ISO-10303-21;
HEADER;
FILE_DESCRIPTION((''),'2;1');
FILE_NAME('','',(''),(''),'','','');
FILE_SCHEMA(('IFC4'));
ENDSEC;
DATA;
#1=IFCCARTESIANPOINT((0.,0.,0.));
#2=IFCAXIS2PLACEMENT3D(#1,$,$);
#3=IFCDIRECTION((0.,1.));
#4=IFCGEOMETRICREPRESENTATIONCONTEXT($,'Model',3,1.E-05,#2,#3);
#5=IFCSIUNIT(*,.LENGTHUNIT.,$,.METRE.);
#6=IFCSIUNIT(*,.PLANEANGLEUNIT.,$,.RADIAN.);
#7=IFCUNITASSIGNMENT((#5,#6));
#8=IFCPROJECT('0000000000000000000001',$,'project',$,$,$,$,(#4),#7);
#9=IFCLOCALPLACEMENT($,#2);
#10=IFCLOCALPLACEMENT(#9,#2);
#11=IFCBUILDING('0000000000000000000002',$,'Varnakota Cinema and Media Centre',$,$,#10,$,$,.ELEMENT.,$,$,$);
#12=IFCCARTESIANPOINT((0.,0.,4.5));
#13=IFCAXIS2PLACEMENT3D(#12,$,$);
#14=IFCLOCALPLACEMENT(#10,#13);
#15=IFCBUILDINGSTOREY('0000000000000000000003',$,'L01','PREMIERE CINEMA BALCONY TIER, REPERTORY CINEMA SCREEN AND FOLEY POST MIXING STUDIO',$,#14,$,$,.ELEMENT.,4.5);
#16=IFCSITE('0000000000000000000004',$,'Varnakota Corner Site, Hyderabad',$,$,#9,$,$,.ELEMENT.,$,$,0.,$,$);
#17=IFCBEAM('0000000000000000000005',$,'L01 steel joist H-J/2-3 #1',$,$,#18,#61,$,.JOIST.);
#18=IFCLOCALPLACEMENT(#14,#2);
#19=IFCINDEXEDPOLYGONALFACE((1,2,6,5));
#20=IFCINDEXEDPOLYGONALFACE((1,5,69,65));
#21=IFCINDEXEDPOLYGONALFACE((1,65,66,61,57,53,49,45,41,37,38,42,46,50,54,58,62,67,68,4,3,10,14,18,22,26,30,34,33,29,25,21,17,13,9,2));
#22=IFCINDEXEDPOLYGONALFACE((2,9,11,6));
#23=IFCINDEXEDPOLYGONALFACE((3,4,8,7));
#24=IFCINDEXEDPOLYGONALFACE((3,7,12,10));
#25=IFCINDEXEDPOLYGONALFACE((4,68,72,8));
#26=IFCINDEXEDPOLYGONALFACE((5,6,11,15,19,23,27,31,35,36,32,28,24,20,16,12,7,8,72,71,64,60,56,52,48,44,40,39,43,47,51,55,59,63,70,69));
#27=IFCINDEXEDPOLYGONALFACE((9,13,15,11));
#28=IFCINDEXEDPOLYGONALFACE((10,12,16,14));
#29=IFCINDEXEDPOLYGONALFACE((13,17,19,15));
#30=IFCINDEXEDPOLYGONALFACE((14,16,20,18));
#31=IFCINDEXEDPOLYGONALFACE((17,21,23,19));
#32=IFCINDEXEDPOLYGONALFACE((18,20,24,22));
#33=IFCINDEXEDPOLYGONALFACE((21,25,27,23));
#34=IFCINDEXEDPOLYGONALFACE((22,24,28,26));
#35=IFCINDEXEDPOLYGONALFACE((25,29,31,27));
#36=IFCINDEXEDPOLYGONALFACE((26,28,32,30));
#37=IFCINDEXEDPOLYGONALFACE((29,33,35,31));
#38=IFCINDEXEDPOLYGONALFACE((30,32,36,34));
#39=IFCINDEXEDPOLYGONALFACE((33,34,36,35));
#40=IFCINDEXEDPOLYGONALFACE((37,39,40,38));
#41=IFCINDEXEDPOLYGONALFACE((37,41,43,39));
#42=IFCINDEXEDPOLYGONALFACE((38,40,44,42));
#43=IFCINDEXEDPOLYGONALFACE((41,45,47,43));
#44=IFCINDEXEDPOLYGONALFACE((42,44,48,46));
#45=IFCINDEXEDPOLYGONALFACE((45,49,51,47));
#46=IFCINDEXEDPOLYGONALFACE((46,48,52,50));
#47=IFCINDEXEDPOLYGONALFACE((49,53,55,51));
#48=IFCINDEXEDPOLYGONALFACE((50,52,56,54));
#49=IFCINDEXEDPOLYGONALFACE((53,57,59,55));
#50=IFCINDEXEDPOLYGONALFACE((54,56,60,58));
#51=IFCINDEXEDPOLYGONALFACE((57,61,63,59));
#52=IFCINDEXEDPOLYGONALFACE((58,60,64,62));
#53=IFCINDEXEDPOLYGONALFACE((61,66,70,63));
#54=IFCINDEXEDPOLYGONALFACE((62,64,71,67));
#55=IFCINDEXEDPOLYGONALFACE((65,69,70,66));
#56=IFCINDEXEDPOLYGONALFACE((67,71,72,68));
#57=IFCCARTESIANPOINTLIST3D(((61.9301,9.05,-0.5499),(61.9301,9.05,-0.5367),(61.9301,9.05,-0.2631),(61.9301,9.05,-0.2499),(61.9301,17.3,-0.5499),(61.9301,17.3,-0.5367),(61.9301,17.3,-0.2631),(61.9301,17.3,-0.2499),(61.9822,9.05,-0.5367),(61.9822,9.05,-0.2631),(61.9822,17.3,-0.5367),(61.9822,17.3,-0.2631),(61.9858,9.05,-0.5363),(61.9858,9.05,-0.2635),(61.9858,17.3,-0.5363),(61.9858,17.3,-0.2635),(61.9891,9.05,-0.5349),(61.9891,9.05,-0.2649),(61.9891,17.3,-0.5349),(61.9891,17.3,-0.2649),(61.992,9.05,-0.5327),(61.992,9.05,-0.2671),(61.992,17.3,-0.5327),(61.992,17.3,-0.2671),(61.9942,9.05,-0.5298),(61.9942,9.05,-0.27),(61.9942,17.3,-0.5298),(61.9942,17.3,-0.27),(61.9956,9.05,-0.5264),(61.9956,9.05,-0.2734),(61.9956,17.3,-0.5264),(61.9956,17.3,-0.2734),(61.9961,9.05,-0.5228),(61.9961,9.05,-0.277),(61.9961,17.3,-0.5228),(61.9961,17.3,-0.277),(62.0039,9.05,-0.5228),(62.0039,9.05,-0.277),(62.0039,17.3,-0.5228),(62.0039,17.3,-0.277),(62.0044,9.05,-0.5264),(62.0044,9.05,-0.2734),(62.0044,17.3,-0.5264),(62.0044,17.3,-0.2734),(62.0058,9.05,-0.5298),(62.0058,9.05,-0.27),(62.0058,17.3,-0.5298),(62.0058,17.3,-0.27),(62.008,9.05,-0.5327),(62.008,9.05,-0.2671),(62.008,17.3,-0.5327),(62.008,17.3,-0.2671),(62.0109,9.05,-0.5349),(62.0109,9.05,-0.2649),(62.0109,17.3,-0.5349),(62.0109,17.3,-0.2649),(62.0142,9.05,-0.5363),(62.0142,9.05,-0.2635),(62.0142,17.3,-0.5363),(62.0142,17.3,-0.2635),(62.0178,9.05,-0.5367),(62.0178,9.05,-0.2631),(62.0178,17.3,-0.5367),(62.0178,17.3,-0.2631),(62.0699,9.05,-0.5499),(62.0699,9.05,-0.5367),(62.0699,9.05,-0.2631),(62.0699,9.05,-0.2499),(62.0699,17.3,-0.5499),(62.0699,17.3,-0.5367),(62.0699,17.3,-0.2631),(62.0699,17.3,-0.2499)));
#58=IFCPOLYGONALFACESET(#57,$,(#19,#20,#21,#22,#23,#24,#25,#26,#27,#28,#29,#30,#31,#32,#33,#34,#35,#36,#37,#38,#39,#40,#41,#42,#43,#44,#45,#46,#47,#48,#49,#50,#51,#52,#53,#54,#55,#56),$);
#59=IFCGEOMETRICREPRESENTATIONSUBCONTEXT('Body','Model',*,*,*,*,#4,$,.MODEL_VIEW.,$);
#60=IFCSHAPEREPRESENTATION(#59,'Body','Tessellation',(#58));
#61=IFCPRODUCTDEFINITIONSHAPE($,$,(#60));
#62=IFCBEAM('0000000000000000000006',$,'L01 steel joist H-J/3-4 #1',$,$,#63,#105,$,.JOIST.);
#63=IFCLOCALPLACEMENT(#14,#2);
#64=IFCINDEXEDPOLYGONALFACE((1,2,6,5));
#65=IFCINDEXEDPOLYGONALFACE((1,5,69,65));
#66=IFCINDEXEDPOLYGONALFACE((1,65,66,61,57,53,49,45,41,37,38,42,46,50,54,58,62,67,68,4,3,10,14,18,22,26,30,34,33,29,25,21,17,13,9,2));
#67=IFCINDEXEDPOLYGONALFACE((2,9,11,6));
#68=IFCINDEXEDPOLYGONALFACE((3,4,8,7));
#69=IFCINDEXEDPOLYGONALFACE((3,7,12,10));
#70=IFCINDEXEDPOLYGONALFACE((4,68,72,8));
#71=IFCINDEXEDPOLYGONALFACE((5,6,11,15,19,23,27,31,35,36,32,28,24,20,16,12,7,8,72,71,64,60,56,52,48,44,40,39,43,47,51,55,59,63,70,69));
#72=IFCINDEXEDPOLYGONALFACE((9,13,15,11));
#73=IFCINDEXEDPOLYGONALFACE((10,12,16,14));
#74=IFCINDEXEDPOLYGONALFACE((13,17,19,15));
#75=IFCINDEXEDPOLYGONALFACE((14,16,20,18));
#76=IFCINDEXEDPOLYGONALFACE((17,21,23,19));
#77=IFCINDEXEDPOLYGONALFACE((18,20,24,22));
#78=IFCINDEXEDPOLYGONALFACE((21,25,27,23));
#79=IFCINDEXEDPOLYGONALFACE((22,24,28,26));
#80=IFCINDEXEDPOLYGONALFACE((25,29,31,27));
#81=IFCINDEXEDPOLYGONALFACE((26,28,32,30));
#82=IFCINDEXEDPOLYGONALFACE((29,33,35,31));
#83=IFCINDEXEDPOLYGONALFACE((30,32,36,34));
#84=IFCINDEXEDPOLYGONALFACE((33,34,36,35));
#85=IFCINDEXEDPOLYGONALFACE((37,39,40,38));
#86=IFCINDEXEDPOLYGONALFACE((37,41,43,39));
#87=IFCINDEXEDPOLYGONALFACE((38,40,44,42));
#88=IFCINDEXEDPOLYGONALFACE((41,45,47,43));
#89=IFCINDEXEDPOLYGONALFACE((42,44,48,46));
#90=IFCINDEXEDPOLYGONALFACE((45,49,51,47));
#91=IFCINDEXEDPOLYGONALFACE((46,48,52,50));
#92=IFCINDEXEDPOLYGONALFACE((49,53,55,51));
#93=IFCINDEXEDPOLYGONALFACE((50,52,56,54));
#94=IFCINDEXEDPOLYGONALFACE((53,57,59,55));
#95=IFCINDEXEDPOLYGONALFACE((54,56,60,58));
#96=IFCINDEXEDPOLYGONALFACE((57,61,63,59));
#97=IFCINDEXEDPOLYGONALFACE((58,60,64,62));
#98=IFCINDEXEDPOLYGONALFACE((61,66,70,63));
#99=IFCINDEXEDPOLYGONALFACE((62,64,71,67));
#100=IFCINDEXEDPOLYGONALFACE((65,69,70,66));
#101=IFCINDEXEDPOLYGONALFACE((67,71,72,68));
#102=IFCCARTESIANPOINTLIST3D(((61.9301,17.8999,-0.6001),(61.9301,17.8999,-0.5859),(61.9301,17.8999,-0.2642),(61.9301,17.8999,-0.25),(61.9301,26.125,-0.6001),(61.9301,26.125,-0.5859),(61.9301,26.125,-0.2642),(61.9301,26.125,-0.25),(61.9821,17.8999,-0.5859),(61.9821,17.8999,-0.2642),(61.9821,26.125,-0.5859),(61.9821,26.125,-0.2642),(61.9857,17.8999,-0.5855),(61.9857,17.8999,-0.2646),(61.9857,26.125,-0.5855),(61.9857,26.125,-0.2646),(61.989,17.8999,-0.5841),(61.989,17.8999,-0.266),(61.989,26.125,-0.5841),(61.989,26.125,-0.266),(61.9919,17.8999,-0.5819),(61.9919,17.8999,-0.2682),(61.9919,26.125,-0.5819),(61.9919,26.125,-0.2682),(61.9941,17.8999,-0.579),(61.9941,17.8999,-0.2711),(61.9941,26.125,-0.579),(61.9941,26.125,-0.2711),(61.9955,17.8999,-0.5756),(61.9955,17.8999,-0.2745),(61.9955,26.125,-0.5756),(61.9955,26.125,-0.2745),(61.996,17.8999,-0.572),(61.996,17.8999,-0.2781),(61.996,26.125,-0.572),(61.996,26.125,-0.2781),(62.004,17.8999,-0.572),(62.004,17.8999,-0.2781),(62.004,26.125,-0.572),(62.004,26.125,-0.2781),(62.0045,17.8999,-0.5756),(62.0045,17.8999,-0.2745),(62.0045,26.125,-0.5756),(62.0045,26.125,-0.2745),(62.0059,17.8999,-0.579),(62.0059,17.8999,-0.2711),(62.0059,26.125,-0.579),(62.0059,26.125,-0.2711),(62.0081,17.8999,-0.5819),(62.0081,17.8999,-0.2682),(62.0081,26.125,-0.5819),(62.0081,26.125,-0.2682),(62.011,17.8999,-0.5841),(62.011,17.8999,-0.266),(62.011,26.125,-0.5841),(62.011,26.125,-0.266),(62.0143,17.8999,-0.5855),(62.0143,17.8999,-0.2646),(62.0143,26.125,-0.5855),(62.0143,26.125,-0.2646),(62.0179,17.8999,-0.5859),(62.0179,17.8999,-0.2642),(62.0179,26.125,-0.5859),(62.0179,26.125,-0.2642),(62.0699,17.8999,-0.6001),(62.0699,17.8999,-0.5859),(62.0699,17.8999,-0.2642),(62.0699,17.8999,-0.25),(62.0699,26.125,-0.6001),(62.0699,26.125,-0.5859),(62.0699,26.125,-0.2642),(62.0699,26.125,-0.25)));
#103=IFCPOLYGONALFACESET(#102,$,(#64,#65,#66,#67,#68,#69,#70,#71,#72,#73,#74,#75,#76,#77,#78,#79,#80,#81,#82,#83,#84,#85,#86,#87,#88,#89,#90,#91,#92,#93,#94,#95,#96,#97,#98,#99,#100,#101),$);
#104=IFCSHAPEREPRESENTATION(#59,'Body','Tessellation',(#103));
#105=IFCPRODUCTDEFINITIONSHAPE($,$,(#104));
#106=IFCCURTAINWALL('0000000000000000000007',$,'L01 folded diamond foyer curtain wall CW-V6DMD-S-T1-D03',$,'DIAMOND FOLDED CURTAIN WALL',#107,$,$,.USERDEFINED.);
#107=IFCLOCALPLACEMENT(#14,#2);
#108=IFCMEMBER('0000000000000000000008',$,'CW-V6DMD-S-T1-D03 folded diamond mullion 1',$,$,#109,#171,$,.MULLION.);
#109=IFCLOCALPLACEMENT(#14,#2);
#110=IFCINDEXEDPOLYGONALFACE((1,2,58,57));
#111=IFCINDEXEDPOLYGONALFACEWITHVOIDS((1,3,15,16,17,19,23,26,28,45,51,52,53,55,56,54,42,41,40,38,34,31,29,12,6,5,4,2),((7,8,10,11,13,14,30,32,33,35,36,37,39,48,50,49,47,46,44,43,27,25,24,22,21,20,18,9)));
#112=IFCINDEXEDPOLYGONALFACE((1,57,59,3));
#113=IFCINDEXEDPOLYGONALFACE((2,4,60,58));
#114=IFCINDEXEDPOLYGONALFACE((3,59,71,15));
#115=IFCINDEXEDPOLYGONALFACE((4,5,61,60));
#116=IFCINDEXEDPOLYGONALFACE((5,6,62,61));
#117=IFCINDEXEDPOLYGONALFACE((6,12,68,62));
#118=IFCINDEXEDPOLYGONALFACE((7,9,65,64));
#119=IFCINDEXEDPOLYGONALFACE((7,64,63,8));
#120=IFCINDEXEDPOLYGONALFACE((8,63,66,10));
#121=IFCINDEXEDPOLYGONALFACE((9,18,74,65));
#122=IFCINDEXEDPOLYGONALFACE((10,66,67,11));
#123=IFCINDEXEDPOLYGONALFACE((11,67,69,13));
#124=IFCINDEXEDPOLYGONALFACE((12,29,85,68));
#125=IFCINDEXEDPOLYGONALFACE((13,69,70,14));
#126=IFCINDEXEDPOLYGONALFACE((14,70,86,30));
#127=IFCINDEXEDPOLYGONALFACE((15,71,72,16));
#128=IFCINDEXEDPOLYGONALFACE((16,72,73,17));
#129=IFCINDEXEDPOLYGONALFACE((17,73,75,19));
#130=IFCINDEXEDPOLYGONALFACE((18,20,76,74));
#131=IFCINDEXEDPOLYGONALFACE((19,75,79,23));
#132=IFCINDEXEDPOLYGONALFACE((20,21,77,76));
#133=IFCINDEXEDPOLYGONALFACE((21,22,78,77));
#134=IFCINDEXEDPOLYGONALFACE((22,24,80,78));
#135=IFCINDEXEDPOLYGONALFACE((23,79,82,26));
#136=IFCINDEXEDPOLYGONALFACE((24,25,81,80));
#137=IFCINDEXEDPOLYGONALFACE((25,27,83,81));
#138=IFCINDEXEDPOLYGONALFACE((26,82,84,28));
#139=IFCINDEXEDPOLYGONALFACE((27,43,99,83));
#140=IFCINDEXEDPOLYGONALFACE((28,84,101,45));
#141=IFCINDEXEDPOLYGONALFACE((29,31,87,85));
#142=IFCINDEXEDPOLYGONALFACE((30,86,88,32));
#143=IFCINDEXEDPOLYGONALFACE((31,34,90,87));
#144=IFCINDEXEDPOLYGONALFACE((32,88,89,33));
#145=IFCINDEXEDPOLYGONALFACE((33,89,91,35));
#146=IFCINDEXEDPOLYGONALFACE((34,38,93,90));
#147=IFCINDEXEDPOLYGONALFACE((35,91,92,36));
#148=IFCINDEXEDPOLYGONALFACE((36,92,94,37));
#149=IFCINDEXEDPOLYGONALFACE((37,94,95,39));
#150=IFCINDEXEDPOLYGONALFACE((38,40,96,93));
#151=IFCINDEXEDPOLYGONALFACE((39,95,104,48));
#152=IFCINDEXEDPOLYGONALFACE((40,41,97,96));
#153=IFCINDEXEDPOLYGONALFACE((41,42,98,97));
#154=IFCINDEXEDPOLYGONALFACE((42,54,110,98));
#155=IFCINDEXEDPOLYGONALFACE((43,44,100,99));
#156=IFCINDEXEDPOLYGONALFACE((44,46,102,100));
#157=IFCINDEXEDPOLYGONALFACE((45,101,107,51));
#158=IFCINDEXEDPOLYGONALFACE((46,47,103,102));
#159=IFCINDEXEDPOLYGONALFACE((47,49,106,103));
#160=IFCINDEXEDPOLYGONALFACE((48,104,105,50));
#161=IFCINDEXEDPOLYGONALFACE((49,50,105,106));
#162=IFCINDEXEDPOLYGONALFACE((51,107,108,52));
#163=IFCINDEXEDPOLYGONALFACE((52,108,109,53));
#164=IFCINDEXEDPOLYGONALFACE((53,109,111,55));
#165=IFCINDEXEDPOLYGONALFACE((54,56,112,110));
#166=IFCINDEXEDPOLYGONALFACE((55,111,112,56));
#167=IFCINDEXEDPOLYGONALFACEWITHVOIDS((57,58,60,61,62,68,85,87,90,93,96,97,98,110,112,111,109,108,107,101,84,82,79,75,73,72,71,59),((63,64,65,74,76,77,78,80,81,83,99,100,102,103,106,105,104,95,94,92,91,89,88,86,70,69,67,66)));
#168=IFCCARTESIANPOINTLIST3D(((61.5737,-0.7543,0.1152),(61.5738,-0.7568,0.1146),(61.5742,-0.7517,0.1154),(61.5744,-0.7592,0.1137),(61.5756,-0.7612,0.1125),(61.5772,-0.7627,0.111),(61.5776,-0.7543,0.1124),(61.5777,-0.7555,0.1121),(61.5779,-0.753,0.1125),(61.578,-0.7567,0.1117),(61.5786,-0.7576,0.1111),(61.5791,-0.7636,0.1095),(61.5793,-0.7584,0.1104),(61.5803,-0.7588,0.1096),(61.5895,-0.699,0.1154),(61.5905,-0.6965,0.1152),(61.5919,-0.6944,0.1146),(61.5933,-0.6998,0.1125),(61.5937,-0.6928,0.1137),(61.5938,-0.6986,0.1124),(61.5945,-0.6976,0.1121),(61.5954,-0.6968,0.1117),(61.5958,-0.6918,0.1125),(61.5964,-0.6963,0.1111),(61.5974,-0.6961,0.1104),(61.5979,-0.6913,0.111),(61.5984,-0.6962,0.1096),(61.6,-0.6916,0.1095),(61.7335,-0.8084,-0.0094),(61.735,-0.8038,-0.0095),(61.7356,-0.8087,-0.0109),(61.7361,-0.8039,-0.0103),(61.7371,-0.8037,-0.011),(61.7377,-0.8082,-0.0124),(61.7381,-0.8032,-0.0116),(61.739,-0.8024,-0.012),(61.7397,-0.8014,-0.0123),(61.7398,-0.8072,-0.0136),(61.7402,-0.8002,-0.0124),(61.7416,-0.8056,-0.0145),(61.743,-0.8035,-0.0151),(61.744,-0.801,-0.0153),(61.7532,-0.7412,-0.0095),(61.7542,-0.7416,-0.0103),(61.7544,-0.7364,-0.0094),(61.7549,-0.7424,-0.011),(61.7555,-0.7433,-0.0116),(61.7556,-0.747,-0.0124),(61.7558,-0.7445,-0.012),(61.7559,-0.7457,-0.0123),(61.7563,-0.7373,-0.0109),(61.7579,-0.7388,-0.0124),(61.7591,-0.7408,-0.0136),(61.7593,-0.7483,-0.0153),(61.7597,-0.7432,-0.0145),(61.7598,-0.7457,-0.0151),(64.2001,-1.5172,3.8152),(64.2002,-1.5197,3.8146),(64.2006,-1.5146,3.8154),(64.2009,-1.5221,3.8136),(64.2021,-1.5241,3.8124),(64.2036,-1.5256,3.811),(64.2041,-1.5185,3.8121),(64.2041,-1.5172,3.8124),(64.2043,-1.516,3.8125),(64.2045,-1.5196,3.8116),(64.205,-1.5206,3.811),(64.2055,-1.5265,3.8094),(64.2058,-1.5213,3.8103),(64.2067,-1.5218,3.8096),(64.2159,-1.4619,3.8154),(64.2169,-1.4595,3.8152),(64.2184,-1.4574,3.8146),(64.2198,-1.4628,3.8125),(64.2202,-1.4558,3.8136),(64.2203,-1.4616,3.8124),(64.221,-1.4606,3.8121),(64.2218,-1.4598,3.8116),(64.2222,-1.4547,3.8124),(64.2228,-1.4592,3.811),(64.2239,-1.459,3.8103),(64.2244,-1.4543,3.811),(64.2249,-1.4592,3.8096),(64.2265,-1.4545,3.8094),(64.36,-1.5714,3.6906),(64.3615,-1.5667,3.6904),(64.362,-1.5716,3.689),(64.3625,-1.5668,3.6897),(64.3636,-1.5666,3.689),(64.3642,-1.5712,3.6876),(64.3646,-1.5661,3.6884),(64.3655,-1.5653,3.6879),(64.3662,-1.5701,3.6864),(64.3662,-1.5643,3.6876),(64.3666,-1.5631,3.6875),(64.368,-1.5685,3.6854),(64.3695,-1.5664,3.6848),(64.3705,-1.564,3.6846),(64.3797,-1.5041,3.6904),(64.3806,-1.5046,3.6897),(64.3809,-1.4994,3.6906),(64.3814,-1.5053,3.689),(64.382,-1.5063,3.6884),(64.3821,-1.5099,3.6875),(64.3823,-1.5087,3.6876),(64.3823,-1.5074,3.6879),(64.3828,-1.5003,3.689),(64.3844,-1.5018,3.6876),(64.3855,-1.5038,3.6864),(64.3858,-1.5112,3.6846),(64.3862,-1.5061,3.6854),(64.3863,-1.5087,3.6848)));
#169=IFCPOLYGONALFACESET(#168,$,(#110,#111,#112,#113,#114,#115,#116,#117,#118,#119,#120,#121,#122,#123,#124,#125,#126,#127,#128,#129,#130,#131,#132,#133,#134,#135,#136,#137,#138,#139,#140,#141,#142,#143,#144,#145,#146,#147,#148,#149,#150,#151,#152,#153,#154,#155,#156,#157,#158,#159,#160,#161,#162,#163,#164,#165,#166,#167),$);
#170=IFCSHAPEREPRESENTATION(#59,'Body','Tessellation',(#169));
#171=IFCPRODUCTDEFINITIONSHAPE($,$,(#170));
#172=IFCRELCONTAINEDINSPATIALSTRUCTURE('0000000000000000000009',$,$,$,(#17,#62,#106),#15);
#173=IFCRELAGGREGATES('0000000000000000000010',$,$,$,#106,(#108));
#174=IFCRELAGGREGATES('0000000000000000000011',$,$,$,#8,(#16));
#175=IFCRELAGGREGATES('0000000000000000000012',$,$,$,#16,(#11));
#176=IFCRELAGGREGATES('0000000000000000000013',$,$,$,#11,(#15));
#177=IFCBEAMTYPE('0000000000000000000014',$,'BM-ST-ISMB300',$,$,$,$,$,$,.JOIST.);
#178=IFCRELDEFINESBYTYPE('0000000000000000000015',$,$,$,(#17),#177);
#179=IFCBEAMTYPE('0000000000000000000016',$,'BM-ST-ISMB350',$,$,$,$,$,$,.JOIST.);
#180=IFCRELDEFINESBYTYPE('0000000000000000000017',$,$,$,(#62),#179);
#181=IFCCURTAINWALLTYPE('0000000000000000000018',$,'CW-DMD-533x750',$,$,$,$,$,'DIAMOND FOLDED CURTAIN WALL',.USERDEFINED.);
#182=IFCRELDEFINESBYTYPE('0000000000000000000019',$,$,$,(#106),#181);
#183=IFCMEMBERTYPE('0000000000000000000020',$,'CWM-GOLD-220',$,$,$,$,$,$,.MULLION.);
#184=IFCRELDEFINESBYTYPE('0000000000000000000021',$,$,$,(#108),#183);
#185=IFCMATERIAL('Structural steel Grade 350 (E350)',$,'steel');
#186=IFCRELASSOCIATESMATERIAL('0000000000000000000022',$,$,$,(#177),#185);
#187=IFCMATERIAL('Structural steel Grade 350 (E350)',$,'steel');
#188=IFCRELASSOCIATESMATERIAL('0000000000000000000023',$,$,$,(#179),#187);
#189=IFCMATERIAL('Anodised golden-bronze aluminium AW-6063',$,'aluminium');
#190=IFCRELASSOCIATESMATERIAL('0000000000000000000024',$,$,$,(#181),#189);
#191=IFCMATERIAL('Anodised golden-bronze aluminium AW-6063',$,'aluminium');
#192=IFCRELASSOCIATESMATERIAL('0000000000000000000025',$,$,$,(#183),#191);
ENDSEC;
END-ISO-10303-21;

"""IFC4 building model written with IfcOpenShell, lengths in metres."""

from ifc_helpers import new_model, si_unit, direction, frame, origin, origin_2d, place, context, subcontext, project, spatial, hollow_rectangle, i_section, extrude, material, material_profile, profile_set, type_object, element, aggregate, save


model = new_model("IFC4")

# Units and contexts
model_context = context("Model", 3, precision=1e-05, world=origin(), true_north=direction((0.0, 1.0)))
body_context = subcontext(model_context, "Body", "Model", "MODEL_VIEW")
ifc_project = project(units=[si_unit("LENGTHUNIT", "METRE"), si_unit("PLANEANGLEUNIT", "RADIAN")], contexts=[model_context])

# Site, building, storey
site_placement = place(None, origin())
site = spatial("IfcSite", under=ifc_project, at=site_placement, Name="Varnakota Corner Site, Hyderabad", CompositionType="ELEMENT", RefElevation=0.0)
building_placement = place(site_placement, origin())
building = spatial("IfcBuilding", under=site, at=building_placement, Name="Varnakota Cinema and Media Centre", CompositionType="ELEMENT")
storey_placement = place(building_placement, frame((0.0, 0.0, 4.5)))
storey = spatial("IfcBuildingStorey", under=building, at=storey_placement, Name="L01", Description="PREMIERE CINEMA BALCONY TIER, REPERTORY CINEMA SCREEN AND FOLEY POST MIXING STUDIO", CompositionType="ELEMENT", Elevation=4.5)

# Beams
ifc_material_1 = material(Name="Structural steel Grade 350 (E350)", Category="steel")
ifc_material_profile_1 = material_profile(ifc_material_1, i_section(OverallWidth=0.1399, OverallDepth=0.3, WebThickness=0.0078, FlangeThickness=0.0132, FilletRadius=0.0139, at=origin_2d()), Name="ISMB 300")
ifc_profile_set_1 = profile_set([ifc_material_profile_1], Name="Structural steel Grade 350 (E350)")
beam_type_1 = type_object("IfcBeamType", Name="BM-ST-ISMB300", PredefinedType="JOIST", material=ifc_profile_set_1)
beam_1_placement = place(storey_placement, frame((62.0, 9.05, -0.3999), z_axis=(0.0, 1.0, 0.0), x_axis=(-1.0, 0.0, 0.0)))
element("IfcBeam", 1, at=beam_1_placement, inside=storey, type_object=beam_type_1, Name="L01 steel joist H-J/2-3 #1", PredefinedType="JOIST", context=body_context, shape_type="SweptSolid", body=[
    extrude(i_section(OverallWidth=0.1399, OverallDepth=0.3, WebThickness=0.0078, FlangeThickness=0.0132, FilletRadius=0.0139, at=origin_2d()), origin(), (0.0, 0.0, 1.0), 8.25),
])
ifc_material_2 = material(Name="Structural steel Grade 350 (E350)", Category="steel")
ifc_material_profile_2 = material_profile(ifc_material_2, i_section(OverallWidth=0.1399, OverallDepth=0.3501, WebThickness=0.0081, FlangeThickness=0.0142, FilletRadius=0.0139, at=origin_2d()), Name="ISMB 350")
ifc_profile_set_2 = profile_set([ifc_material_profile_2], Name="Structural steel Grade 350 (E350)")
beam_type_2 = type_object("IfcBeamType", Name="BM-ST-ISMB350", PredefinedType="JOIST", material=ifc_profile_set_2)
beam_2_placement = place(storey_placement, frame((62.0, 17.8999, -0.425), z_axis=(0.0, 1.0, 0.0), x_axis=(-1.0, 0.0, 0.0)))
element("IfcBeam", 2, at=beam_2_placement, inside=storey, type_object=beam_type_2, Name="L01 steel joist H-J/3-4 #1", PredefinedType="JOIST", context=body_context, shape_type="SweptSolid", body=[
    extrude(i_section(OverallWidth=0.1399, OverallDepth=0.3501, WebThickness=0.0081, FlangeThickness=0.0142, FilletRadius=0.0139, at=origin_2d()), origin(), (0.0, 0.0, 1.0), 8.2251),
])

# Curtain wall, member
ifc_material_3 = material(Name="Anodised golden-bronze aluminium AW-6063", Category="aluminium")
curtain_wall_type = type_object("IfcCurtainWallType", Name="CW-DMD-533x750", ElementType="DIAMOND FOLDED CURTAIN WALL", PredefinedType="USERDEFINED", material=ifc_material_3)
curtain_wall_placement = place(storey_placement, origin())
curtain_wall = element("IfcCurtainWall", 3, at=curtain_wall_placement, inside=storey, type_object=curtain_wall_type, Name="L01 folded diamond foyer curtain wall CW-V6DMD-S-T1-D03", ObjectType="DIAMOND FOLDED CURTAIN WALL", PredefinedType="USERDEFINED")
ifc_material_4 = material(Name="Anodised golden-bronze aluminium AW-6063", Category="aluminium")
ifc_material_profile_3 = material_profile(ifc_material_4, hollow_rectangle(XDim=0.075, YDim=0.22, WallThickness=0.0049, InnerFilletRadius=0.0049, OuterFilletRadius=0.01, at=origin_2d()), Name="AL-MULLION 220x75x5")
ifc_profile_set_3 = profile_set([ifc_material_profile_3], Name="Anodised golden-bronze aluminium AW-6063")
member_type_1 = type_object("IfcMemberType", Name="CWM-GOLD-220", PredefinedType="MULLION", material=ifc_profile_set_3)
member_1_placement = place(storey_placement, frame((61.6667, -0.75, 0.05), z_axis=(0.570835, -0.165817, 0.804147), x_axis=(0.278951, 0.960305, 0.0)))
member_1 = element("IfcMember", 4, at=member_1_placement, type_object=member_type_1, Name="CW-V6DMD-S-T1-D03 folded diamond mullion 1", PredefinedType="MULLION", context=body_context, shape_type="SweptSolid", body=[
    extrude(hollow_rectangle(XDim=0.075, YDim=0.22, WallThickness=0.0049, InnerFilletRadius=0.0049, OuterFilletRadius=0.01, at=origin_2d()), origin(), (0.0, 0.0, 1.0), 4.6011),
])
aggregate(curtain_wall, [member_1])

save(model, "model.ifc")
